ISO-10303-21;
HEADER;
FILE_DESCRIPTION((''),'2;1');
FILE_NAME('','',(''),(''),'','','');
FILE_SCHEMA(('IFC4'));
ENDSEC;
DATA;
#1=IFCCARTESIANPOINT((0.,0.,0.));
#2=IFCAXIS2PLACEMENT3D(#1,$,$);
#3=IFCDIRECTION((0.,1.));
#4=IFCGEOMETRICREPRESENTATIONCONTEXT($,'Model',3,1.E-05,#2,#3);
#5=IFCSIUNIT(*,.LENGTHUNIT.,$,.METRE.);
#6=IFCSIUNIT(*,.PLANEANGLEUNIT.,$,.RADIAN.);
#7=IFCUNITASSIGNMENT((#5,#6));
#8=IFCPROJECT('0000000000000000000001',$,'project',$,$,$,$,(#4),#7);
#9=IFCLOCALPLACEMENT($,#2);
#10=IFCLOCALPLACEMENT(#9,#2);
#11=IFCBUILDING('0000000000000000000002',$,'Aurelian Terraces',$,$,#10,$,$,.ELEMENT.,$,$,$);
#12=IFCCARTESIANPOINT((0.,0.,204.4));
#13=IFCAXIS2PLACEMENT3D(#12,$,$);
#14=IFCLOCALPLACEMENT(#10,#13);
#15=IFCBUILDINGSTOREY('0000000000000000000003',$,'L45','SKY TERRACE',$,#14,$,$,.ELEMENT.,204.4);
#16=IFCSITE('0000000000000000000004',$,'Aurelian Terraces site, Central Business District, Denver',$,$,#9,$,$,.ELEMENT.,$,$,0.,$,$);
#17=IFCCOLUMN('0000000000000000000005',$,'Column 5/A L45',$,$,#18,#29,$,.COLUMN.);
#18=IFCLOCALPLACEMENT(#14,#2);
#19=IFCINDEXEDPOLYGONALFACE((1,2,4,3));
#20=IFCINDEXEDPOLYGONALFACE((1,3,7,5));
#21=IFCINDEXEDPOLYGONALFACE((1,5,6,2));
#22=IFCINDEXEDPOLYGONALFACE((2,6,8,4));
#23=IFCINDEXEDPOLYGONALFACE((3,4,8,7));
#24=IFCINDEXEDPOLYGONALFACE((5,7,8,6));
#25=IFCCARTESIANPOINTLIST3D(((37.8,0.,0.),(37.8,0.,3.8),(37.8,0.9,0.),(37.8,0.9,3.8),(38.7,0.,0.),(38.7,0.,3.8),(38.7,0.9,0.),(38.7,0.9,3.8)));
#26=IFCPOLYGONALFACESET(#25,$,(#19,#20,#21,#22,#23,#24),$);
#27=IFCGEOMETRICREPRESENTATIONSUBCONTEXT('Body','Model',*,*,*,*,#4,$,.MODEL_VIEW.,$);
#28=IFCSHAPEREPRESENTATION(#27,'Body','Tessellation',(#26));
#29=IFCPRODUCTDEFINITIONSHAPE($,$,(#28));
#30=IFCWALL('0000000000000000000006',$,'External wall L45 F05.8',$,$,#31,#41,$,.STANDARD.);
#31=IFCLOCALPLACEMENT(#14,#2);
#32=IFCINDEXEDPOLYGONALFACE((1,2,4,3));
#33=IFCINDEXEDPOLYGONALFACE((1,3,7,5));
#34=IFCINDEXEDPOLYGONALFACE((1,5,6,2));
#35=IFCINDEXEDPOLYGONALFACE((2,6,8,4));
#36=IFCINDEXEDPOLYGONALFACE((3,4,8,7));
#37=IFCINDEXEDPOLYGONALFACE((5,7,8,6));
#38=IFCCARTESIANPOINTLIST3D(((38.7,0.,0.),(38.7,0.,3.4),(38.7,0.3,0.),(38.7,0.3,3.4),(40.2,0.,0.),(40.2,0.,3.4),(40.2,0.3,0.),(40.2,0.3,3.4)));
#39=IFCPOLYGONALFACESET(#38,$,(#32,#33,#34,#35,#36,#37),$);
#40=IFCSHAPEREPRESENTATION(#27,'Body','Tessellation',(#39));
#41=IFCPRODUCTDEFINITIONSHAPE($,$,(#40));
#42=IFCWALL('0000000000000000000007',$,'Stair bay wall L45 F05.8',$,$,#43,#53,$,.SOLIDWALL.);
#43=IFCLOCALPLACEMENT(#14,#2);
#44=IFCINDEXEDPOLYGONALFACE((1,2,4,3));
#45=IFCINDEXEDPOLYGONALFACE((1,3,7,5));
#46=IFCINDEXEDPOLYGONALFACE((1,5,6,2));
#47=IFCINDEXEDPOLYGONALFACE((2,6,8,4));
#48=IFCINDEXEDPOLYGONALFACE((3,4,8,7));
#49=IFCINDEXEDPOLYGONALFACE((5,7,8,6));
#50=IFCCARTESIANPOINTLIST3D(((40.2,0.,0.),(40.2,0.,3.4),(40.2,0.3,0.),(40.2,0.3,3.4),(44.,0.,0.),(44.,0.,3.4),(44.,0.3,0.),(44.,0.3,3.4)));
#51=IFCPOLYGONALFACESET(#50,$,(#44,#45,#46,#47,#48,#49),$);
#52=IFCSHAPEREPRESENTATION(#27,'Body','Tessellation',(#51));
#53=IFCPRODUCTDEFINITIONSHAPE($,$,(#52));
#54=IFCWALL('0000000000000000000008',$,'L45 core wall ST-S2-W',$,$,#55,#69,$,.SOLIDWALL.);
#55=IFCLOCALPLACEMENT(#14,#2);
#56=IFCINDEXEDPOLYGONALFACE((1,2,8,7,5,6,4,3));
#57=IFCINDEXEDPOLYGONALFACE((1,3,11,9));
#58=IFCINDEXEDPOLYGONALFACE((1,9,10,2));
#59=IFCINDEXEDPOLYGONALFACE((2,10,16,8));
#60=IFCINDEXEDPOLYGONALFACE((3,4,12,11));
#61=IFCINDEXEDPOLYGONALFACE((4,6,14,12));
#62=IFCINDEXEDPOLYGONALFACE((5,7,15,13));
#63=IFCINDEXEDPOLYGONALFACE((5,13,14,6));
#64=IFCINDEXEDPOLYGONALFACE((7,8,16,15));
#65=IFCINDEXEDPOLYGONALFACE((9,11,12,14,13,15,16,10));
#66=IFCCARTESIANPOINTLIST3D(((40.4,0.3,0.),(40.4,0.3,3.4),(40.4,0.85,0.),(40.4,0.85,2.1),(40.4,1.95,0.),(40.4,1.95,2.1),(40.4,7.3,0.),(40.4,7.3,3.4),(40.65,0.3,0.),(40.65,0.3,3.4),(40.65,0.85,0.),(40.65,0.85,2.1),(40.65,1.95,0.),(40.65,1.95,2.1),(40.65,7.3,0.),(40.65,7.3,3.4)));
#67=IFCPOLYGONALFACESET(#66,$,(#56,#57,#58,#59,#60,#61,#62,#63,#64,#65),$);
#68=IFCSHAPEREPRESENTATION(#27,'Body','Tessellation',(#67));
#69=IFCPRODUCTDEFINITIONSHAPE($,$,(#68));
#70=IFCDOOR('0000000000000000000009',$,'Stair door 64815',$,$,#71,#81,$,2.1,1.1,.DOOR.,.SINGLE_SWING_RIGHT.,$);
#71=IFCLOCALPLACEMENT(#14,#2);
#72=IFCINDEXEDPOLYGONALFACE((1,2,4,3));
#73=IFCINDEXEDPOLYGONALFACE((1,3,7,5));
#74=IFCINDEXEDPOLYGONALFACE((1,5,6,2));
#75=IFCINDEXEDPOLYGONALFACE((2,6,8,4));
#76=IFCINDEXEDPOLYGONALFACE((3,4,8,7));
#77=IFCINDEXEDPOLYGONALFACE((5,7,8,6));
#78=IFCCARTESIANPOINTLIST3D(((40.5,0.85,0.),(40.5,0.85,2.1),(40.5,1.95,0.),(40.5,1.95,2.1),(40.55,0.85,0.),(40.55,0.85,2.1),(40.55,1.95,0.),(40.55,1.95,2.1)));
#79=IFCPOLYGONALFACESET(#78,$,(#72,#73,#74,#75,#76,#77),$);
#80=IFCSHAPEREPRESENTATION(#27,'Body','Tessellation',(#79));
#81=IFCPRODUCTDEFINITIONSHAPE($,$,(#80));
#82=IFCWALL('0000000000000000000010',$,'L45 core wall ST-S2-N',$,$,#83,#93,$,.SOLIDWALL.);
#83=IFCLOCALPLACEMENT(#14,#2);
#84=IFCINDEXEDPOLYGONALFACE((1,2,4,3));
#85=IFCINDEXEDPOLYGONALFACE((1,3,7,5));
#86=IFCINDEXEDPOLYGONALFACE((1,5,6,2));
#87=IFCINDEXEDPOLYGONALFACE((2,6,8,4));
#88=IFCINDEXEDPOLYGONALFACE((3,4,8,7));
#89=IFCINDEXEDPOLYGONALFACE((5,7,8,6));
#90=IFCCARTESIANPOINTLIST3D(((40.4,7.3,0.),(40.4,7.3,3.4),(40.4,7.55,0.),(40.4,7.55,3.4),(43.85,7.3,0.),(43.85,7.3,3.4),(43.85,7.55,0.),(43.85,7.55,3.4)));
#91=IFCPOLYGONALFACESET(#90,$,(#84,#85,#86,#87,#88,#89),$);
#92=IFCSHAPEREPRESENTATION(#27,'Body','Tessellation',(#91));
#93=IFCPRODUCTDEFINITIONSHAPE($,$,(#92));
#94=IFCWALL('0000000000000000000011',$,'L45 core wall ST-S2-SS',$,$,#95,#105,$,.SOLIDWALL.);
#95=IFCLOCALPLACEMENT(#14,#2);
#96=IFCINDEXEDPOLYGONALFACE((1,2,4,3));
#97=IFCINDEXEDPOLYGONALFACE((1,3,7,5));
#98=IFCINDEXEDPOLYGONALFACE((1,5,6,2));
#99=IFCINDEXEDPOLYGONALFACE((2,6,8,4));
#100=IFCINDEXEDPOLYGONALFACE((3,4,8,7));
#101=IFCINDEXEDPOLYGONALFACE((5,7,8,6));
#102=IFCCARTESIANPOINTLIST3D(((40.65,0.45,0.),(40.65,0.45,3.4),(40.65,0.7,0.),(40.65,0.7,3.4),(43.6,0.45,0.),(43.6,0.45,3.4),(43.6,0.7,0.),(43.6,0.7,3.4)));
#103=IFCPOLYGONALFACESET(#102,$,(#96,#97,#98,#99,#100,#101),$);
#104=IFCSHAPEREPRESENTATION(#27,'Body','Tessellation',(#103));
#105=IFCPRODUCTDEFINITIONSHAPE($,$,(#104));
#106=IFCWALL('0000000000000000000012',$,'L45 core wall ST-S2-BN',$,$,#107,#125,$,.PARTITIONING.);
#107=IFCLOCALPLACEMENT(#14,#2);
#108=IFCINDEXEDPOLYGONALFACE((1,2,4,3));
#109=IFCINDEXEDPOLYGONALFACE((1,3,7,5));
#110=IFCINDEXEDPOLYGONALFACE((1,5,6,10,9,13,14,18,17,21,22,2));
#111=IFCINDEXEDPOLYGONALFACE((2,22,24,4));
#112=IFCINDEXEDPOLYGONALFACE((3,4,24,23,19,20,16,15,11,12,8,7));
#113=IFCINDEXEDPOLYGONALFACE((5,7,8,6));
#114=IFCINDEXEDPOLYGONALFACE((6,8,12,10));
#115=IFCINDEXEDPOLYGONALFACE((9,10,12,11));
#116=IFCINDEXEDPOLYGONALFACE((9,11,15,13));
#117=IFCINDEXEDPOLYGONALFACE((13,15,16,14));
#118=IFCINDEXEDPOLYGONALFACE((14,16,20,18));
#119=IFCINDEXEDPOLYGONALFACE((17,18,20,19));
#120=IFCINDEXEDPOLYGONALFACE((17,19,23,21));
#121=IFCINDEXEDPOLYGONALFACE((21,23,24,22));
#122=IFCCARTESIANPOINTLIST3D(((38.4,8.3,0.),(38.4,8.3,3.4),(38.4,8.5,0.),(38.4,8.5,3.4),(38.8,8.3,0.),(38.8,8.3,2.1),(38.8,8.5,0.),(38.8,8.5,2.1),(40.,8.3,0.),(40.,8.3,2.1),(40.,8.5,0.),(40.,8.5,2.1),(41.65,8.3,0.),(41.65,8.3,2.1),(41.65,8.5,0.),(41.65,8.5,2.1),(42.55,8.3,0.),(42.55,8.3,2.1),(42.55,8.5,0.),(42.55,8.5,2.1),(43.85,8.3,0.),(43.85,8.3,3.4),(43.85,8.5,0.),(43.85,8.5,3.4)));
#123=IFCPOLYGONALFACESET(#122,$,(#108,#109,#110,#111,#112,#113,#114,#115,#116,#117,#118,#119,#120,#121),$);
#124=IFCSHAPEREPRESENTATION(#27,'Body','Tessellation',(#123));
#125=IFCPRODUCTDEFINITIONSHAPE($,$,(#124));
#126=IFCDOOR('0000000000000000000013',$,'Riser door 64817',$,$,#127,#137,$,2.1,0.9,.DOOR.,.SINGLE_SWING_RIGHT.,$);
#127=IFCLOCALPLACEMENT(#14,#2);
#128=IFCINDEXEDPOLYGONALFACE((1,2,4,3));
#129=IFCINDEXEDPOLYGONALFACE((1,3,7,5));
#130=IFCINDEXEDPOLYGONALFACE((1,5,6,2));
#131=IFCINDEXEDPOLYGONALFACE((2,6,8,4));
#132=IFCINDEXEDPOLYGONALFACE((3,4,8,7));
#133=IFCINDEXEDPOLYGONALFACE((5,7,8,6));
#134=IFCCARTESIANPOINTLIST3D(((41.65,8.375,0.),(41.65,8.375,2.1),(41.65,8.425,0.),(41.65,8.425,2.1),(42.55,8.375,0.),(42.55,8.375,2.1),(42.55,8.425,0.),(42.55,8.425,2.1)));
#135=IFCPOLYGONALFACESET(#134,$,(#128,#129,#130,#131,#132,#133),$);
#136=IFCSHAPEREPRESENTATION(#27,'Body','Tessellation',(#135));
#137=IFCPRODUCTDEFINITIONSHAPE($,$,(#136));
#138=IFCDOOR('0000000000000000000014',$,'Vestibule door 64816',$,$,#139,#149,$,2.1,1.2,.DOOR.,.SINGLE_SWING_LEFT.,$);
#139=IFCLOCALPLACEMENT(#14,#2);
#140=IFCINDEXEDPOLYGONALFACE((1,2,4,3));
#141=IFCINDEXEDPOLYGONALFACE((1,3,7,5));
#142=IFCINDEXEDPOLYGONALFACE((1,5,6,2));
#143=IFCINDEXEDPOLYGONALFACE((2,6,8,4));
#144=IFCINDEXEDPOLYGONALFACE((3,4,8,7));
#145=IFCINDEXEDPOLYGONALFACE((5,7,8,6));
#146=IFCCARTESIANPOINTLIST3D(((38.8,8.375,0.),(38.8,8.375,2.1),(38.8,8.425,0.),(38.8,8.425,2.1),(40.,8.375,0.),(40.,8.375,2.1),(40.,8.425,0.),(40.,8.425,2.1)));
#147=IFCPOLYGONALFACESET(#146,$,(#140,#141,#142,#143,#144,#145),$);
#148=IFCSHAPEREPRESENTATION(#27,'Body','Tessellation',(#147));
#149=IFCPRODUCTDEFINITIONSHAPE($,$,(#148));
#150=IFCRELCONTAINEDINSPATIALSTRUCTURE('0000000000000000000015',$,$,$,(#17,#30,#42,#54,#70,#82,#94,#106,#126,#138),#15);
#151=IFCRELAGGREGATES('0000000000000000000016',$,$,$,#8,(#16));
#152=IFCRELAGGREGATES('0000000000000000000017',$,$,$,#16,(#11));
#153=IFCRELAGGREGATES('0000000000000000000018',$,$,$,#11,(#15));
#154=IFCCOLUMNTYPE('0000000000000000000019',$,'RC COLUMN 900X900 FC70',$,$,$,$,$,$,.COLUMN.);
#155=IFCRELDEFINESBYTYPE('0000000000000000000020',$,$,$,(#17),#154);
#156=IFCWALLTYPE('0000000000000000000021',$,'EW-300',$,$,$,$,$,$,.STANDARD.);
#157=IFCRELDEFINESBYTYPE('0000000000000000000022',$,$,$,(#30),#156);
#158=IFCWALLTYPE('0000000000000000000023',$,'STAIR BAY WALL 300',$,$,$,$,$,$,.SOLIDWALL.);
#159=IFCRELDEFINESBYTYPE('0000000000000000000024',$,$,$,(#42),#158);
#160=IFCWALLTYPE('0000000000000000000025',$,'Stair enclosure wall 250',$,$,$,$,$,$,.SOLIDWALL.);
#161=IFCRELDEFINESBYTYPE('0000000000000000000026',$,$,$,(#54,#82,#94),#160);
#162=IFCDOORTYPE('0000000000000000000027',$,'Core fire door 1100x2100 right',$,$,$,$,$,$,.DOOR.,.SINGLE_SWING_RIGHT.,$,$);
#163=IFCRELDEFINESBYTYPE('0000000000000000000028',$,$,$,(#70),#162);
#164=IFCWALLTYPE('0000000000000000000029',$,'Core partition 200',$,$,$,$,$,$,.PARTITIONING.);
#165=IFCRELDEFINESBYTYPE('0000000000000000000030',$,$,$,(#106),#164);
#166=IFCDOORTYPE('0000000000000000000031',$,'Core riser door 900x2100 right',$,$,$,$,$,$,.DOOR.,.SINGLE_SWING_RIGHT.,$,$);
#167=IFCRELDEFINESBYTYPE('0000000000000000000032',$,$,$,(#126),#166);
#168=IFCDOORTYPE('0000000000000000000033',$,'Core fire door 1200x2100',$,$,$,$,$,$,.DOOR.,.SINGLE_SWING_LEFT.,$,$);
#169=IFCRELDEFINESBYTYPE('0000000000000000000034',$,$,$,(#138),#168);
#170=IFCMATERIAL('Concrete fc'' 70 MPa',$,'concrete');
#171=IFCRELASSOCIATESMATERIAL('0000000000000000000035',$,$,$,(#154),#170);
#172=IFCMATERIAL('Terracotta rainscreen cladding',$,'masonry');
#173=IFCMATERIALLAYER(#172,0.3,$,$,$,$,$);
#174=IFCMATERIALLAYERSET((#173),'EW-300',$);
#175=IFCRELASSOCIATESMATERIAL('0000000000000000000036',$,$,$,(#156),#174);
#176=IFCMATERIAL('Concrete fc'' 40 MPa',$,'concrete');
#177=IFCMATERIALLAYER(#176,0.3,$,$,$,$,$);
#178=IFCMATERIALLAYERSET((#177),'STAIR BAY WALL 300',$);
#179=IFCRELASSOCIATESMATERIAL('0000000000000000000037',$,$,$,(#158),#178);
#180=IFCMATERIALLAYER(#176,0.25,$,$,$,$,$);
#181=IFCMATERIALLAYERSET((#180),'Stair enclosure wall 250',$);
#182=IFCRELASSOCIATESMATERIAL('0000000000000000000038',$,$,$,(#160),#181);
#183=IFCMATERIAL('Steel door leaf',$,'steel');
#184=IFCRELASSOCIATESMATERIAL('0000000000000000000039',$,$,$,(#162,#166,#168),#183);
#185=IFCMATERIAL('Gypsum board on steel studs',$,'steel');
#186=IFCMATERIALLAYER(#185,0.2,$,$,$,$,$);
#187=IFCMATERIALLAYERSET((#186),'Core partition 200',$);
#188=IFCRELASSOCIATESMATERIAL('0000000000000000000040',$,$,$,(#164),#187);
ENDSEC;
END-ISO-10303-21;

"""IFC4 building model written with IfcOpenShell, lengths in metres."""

from ifc_helpers import new_model, si_unit, direction, frame, frame_2d, origin, origin_2d, place, context, subcontext, project, spatial, rectangle, extrude, source, transform, mapped, material, layer, layer_set, material_profile, profile_set, type_object, element, fill, save


model = new_model("IFC4")

# Units and contexts
model_context = context("Model", 3, precision=1e-05, world=origin(), true_north=direction((0.0, 1.0)))
body_context = subcontext(model_context, "Body", "Model", "MODEL_VIEW")
ifc_project = project(units=[si_unit("LENGTHUNIT", "METRE"), si_unit("PLANEANGLEUNIT", "RADIAN")], contexts=[model_context])

# Site, building, storey
site_placement = place(None, origin())
site = spatial("IfcSite", under=ifc_project, at=site_placement, Name="Aurelian Terraces site, Central Business District, Denver", CompositionType="ELEMENT", RefElevation=0.0)
building_placement = place(site_placement, origin())
building = spatial("IfcBuilding", under=site, at=building_placement, Name="Aurelian Terraces", CompositionType="ELEMENT")
storey_placement = place(building_placement, frame((0.0, 0.0, 204.4)))
storey = spatial("IfcBuildingStorey", under=building, at=storey_placement, Name="L45", Description="SKY TERRACE", CompositionType="ELEMENT", Elevation=204.4)

# Column
ifc_material_1 = material(Name="Concrete fc' 70 MPa", Category="concrete")
ifc_material_profile = material_profile(ifc_material_1, rectangle(XDim=0.9, YDim=0.9, at=origin_2d()))
ifc_profile_set = profile_set([ifc_material_profile], Name="Concrete fc' 70 MPa")
column_type = type_object("IfcColumnType", Name="RC COLUMN 900X900 FC70", PredefinedType="COLUMN", material=ifc_profile_set)
shared_shape_1 = source(origin(), body_context, "Body", "SweptSolid", [
    extrude(rectangle(XDim=0.9, YDim=0.9, at=origin_2d()), origin(), (0.0, 0.0, 1.0), 3.8),
])
column_placement = place(storey_placement, frame((38.25, 0.45, 0.0), z_axis=(0.0, 0.0, 1.0), x_axis=(1.0, 0.0, 0.0)))
element("IfcColumn", 1, at=column_placement, inside=storey, type_object=column_type, Name="Column 5/A L45", PredefinedType="COLUMN", context=body_context, shape_type="MappedRepresentation", body=[
    mapped(shared_shape_1, transform((0.0, 0.0, 0.0), scale=1.0)),
])

# Walls
ifc_material_2 = material(Name="Terracotta rainscreen cladding", Category="masonry")
ifc_layer_1 = layer(ifc_material_2, 0.3)
ifc_layer_set_1 = layer_set([ifc_layer_1], Name="EW-300")
wall_type_1 = type_object("IfcWallType", Name="EW-300", PredefinedType="STANDARD", material=ifc_layer_set_1)
wall_1_placement = place(storey_placement, frame((38.7, 0.15, 0.0), z_axis=(0.0, 0.0, 1.0), x_axis=(1.0, 0.0, 0.0)))
element("IfcWall", 2, at=wall_1_placement, inside=storey, type_object=wall_type_1, Name="External wall L45 F05.8", PredefinedType="STANDARD", context=body_context, shape_type="SweptSolid", body=[
    extrude(rectangle(XDim=1.5, YDim=0.3, at=frame_2d((0.75, 0.0))), origin(), (0.0, 0.0, 1.0), 3.4),
])
ifc_material_3 = material(Name="Concrete fc' 40 MPa", Category="concrete")
ifc_layer_2 = layer(ifc_material_3, 0.3)
ifc_layer_set_2 = layer_set([ifc_layer_2], Name="STAIR BAY WALL 300")
wall_type_2 = type_object("IfcWallType", Name="STAIR BAY WALL 300", PredefinedType="SOLIDWALL", material=ifc_layer_set_2)
shared_shape_2 = source(origin(), body_context, "Body", "SweptSolid", [
    extrude(rectangle(XDim=3.8, YDim=0.3, at=frame_2d((1.9, 0.0))), origin(), (0.0, 0.0, 1.0), 3.4),
])
wall_2_placement = place(storey_placement, frame((40.2, 0.15, 0.0), z_axis=(0.0, 0.0, 1.0), x_axis=(1.0, 0.0, 0.0)))
element("IfcWall", 3, at=wall_2_placement, inside=storey, type_object=wall_type_2, Name="Stair bay wall L45 F05.8", PredefinedType="SOLIDWALL", context=body_context, shape_type="MappedRepresentation", body=[
    mapped(shared_shape_2, transform((0.0, 0.0, 0.0), scale=1.0)),
])

# Wall, opening, door
ifc_layer_3 = layer(ifc_material_3, 0.25)
ifc_layer_set_3 = layer_set([ifc_layer_3], Name="Stair enclosure wall 250")
wall_type_3 = type_object("IfcWallType", Name="Stair enclosure wall 250", PredefinedType="SOLIDWALL", material=ifc_layer_set_3)
shared_shape_3 = source(origin(), body_context, "Body", "SweptSolid", [
    extrude(rectangle(XDim=7.0, YDim=0.25, at=frame_2d((3.5, 0.0))), origin(), (0.0, 0.0, 1.0), 3.4),
])
wall_3_placement = place(storey_placement, frame((40.525, 0.3, 0.0), z_axis=(0.0, 0.0, 1.0), x_axis=(0.0, 1.0, 0.0)))
wall_3 = element("IfcWall", 4, at=wall_3_placement, inside=storey, type_object=wall_type_3, Name="L45 core wall ST-S2-W", PredefinedType="SOLIDWALL", context=body_context, shape_type="MappedRepresentation", body=[
    mapped(shared_shape_3, transform((0.0, 0.0, 0.0), scale=1.0)),
])
shared_shape_4 = source(origin(), body_context, "Body", "SweptSolid", [
    extrude(rectangle(XDim=1.1, YDim=2.1, at=frame_2d((0.55, 1.05))), frame((0.0, 0.135, 0.0), z_axis=(0.0, -1.0, 0.0), x_axis=(1.0, 0.0, 0.0)), (0.0, 0.0, 1.0), 0.27),
])
opening_1_placement = place(wall_3_placement, frame((0.55, 0.0, 0.0)))
opening_1 = element("IfcOpeningElement", 5, at=opening_1_placement, cuts=wall_3, PredefinedType="OPENING", context=body_context, shape_type="MappedRepresentation", body=[
    mapped(shared_shape_4, transform((0.0, 0.0, 0.0), scale=1.0)),
])
ifc_material_4 = material(Name="Steel door leaf", Category="steel")
door_type_1 = type_object("IfcDoorType", Name="Core fire door 1100x2100 right", OperationType="SINGLE_SWING_RIGHT", PredefinedType="DOOR", material=ifc_material_4)
shared_shape_5 = source(origin(), body_context, "Body", "SweptSolid", [
    extrude(rectangle(XDim=1.1, YDim=2.1, at=frame_2d((0.55, 1.05))), frame((0.0, 0.025, 0.0), z_axis=(0.0, -1.0, 0.0), x_axis=(1.0, 0.0, 0.0)), (0.0, 0.0, 1.0), 0.05),
])
door_1_placement = place(opening_1_placement, origin())
door_1 = element("IfcDoor", 6, at=door_1_placement, inside=storey, type_object=door_type_1, Name="Stair door 64815", OperationType="SINGLE_SWING_RIGHT", OverallHeight=2.1, OverallWidth=1.1, PredefinedType="DOOR", context=body_context, shape_type="MappedRepresentation", body=[
    mapped(shared_shape_5, transform((0.0, 0.0, 0.0), scale=1.0)),
])
fill(opening_1, door_1)

# Walls
shared_shape_6 = source(origin(), body_context, "Body", "SweptSolid", [
    extrude(rectangle(XDim=3.45, YDim=0.25, at=frame_2d((1.725, 0.0))), origin(), (0.0, 0.0, 1.0), 3.4),
])
wall_4_placement = place(storey_placement, frame((40.4, 7.425, 0.0), z_axis=(0.0, 0.0, 1.0), x_axis=(1.0, 0.0, 0.0)))
element("IfcWall", 7, at=wall_4_placement, inside=storey, type_object=wall_type_3, Name="L45 core wall ST-S2-N", PredefinedType="SOLIDWALL", context=body_context, shape_type="MappedRepresentation", body=[
    mapped(shared_shape_6, transform((0.0, 0.0, 0.0), scale=1.0)),
])
shared_shape_7 = source(origin(), body_context, "Body", "SweptSolid", [
    extrude(rectangle(XDim=2.95, YDim=0.25, at=frame_2d((1.475, 0.0))), origin(), (0.0, 0.0, 1.0), 3.4),
])
wall_5_placement = place(storey_placement, frame((40.65, 0.575, 0.0), z_axis=(0.0, 0.0, 1.0), x_axis=(1.0, 0.0, 0.0)))
element("IfcWall", 8, at=wall_5_placement, inside=storey, type_object=wall_type_3, Name="L45 core wall ST-S2-SS", PredefinedType="SOLIDWALL", context=body_context, shape_type="MappedRepresentation", body=[
    mapped(shared_shape_7, transform((0.0, 0.0, 0.0), scale=1.0)),
])

# Wall, openings, doors
ifc_material_5 = material(Name="Gypsum board on steel studs", Category="steel")
ifc_layer_4 = layer(ifc_material_5, 0.2)
ifc_layer_set_4 = layer_set([ifc_layer_4], Name="Core partition 200")
wall_type_4 = type_object("IfcWallType", Name="Core partition 200", PredefinedType="PARTITIONING", material=ifc_layer_set_4)
shared_shape_8 = source(origin(), body_context, "Body", "SweptSolid", [
    extrude(rectangle(XDim=5.45, YDim=0.2, at=frame_2d((2.725, 0.0))), origin(), (0.0, 0.0, 1.0), 3.4),
])
wall_6_placement = place(storey_placement, frame((38.4, 8.4, 0.0), z_axis=(0.0, 0.0, 1.0), x_axis=(1.0, 0.0, 0.0)))
wall_6 = element("IfcWall", 9, at=wall_6_placement, inside=storey, type_object=wall_type_4, Name="L45 core wall ST-S2-BN", PredefinedType="PARTITIONING", context=body_context, shape_type="MappedRepresentation", body=[
    mapped(shared_shape_8, transform((0.0, 0.0, 0.0), scale=1.0)),
])
shared_shape_9 = source(origin(), body_context, "Body", "SweptSolid", [
    extrude(rectangle(XDim=1.2, YDim=2.1, at=frame_2d((0.6, 1.05))), frame((0.0, 0.11, 0.0), z_axis=(0.0, -1.0, 0.0), x_axis=(1.0, 0.0, 0.0)), (0.0, 0.0, 1.0), 0.22),
])
opening_2_placement = place(wall_6_placement, frame((0.4, 0.0, 0.0)))
opening_2 = element("IfcOpeningElement", 10, at=opening_2_placement, cuts=wall_6, PredefinedType="OPENING", context=body_context, shape_type="MappedRepresentation", body=[
    mapped(shared_shape_9, transform((0.0, 0.0, 0.0), scale=1.0)),
])
shared_shape_10 = source(origin(), body_context, "Body", "SweptSolid", [
    extrude(rectangle(XDim=0.9, YDim=2.1, at=frame_2d((0.45, 1.05))), frame((0.0, 0.11, 0.0), z_axis=(0.0, -1.0, 0.0), x_axis=(1.0, 0.0, 0.0)), (0.0, 0.0, 1.0), 0.22),
])
opening_3_placement = place(wall_6_placement, frame((3.25, 0.0, 0.0)))
opening_3 = element("IfcOpeningElement", 11, at=opening_3_placement, cuts=wall_6, PredefinedType="OPENING", context=body_context, shape_type="MappedRepresentation", body=[
    mapped(shared_shape_10, transform((0.0, 0.0, 0.0), scale=1.0)),
])
door_type_2 = type_object("IfcDoorType", Name="Core riser door 900x2100 right", OperationType="SINGLE_SWING_RIGHT", PredefinedType="DOOR", material=ifc_material_4)
shared_shape_11 = source(origin(), body_context, "Body", "SweptSolid", [
    extrude(rectangle(XDim=0.9, YDim=2.1, at=frame_2d((0.45, 1.05))), frame((0.0, 0.025, 0.0), z_axis=(0.0, -1.0, 0.0), x_axis=(1.0, 0.0, 0.0)), (0.0, 0.0, 1.0), 0.05),
])
door_2_placement = place(opening_3_placement, origin())
door_2 = element("IfcDoor", 12, at=door_2_placement, inside=storey, type_object=door_type_2, Name="Riser door 64817", OperationType="SINGLE_SWING_RIGHT", OverallHeight=2.1, OverallWidth=0.9, PredefinedType="DOOR", context=body_context, shape_type="MappedRepresentation", body=[
    mapped(shared_shape_11, transform((0.0, 0.0, 0.0), scale=1.0)),
])
fill(opening_3, door_2)
door_type_3 = type_object("IfcDoorType", Name="Core fire door 1200x2100", OperationType="SINGLE_SWING_LEFT", PredefinedType="DOOR", material=ifc_material_4)
shared_shape_12 = source(origin(), body_context, "Body", "SweptSolid", [
    extrude(rectangle(XDim=1.2, YDim=2.1, at=frame_2d((0.6, 1.05))), frame((0.0, 0.025, 0.0), z_axis=(0.0, -1.0, 0.0), x_axis=(1.0, 0.0, 0.0)), (0.0, 0.0, 1.0), 0.05),
])
door_3_placement = place(opening_2_placement, origin())
door_3 = element("IfcDoor", 13, at=door_3_placement, inside=storey, type_object=door_type_3, Name="Vestibule door 64816", OperationType="SINGLE_SWING_LEFT", OverallHeight=2.1, OverallWidth=1.2, PredefinedType="DOOR", context=body_context, shape_type="MappedRepresentation", body=[
    mapped(shared_shape_12, transform((0.0, 0.0, 0.0), scale=1.0)),
])
fill(opening_2, door_3)

save(model, "model.ifc")
